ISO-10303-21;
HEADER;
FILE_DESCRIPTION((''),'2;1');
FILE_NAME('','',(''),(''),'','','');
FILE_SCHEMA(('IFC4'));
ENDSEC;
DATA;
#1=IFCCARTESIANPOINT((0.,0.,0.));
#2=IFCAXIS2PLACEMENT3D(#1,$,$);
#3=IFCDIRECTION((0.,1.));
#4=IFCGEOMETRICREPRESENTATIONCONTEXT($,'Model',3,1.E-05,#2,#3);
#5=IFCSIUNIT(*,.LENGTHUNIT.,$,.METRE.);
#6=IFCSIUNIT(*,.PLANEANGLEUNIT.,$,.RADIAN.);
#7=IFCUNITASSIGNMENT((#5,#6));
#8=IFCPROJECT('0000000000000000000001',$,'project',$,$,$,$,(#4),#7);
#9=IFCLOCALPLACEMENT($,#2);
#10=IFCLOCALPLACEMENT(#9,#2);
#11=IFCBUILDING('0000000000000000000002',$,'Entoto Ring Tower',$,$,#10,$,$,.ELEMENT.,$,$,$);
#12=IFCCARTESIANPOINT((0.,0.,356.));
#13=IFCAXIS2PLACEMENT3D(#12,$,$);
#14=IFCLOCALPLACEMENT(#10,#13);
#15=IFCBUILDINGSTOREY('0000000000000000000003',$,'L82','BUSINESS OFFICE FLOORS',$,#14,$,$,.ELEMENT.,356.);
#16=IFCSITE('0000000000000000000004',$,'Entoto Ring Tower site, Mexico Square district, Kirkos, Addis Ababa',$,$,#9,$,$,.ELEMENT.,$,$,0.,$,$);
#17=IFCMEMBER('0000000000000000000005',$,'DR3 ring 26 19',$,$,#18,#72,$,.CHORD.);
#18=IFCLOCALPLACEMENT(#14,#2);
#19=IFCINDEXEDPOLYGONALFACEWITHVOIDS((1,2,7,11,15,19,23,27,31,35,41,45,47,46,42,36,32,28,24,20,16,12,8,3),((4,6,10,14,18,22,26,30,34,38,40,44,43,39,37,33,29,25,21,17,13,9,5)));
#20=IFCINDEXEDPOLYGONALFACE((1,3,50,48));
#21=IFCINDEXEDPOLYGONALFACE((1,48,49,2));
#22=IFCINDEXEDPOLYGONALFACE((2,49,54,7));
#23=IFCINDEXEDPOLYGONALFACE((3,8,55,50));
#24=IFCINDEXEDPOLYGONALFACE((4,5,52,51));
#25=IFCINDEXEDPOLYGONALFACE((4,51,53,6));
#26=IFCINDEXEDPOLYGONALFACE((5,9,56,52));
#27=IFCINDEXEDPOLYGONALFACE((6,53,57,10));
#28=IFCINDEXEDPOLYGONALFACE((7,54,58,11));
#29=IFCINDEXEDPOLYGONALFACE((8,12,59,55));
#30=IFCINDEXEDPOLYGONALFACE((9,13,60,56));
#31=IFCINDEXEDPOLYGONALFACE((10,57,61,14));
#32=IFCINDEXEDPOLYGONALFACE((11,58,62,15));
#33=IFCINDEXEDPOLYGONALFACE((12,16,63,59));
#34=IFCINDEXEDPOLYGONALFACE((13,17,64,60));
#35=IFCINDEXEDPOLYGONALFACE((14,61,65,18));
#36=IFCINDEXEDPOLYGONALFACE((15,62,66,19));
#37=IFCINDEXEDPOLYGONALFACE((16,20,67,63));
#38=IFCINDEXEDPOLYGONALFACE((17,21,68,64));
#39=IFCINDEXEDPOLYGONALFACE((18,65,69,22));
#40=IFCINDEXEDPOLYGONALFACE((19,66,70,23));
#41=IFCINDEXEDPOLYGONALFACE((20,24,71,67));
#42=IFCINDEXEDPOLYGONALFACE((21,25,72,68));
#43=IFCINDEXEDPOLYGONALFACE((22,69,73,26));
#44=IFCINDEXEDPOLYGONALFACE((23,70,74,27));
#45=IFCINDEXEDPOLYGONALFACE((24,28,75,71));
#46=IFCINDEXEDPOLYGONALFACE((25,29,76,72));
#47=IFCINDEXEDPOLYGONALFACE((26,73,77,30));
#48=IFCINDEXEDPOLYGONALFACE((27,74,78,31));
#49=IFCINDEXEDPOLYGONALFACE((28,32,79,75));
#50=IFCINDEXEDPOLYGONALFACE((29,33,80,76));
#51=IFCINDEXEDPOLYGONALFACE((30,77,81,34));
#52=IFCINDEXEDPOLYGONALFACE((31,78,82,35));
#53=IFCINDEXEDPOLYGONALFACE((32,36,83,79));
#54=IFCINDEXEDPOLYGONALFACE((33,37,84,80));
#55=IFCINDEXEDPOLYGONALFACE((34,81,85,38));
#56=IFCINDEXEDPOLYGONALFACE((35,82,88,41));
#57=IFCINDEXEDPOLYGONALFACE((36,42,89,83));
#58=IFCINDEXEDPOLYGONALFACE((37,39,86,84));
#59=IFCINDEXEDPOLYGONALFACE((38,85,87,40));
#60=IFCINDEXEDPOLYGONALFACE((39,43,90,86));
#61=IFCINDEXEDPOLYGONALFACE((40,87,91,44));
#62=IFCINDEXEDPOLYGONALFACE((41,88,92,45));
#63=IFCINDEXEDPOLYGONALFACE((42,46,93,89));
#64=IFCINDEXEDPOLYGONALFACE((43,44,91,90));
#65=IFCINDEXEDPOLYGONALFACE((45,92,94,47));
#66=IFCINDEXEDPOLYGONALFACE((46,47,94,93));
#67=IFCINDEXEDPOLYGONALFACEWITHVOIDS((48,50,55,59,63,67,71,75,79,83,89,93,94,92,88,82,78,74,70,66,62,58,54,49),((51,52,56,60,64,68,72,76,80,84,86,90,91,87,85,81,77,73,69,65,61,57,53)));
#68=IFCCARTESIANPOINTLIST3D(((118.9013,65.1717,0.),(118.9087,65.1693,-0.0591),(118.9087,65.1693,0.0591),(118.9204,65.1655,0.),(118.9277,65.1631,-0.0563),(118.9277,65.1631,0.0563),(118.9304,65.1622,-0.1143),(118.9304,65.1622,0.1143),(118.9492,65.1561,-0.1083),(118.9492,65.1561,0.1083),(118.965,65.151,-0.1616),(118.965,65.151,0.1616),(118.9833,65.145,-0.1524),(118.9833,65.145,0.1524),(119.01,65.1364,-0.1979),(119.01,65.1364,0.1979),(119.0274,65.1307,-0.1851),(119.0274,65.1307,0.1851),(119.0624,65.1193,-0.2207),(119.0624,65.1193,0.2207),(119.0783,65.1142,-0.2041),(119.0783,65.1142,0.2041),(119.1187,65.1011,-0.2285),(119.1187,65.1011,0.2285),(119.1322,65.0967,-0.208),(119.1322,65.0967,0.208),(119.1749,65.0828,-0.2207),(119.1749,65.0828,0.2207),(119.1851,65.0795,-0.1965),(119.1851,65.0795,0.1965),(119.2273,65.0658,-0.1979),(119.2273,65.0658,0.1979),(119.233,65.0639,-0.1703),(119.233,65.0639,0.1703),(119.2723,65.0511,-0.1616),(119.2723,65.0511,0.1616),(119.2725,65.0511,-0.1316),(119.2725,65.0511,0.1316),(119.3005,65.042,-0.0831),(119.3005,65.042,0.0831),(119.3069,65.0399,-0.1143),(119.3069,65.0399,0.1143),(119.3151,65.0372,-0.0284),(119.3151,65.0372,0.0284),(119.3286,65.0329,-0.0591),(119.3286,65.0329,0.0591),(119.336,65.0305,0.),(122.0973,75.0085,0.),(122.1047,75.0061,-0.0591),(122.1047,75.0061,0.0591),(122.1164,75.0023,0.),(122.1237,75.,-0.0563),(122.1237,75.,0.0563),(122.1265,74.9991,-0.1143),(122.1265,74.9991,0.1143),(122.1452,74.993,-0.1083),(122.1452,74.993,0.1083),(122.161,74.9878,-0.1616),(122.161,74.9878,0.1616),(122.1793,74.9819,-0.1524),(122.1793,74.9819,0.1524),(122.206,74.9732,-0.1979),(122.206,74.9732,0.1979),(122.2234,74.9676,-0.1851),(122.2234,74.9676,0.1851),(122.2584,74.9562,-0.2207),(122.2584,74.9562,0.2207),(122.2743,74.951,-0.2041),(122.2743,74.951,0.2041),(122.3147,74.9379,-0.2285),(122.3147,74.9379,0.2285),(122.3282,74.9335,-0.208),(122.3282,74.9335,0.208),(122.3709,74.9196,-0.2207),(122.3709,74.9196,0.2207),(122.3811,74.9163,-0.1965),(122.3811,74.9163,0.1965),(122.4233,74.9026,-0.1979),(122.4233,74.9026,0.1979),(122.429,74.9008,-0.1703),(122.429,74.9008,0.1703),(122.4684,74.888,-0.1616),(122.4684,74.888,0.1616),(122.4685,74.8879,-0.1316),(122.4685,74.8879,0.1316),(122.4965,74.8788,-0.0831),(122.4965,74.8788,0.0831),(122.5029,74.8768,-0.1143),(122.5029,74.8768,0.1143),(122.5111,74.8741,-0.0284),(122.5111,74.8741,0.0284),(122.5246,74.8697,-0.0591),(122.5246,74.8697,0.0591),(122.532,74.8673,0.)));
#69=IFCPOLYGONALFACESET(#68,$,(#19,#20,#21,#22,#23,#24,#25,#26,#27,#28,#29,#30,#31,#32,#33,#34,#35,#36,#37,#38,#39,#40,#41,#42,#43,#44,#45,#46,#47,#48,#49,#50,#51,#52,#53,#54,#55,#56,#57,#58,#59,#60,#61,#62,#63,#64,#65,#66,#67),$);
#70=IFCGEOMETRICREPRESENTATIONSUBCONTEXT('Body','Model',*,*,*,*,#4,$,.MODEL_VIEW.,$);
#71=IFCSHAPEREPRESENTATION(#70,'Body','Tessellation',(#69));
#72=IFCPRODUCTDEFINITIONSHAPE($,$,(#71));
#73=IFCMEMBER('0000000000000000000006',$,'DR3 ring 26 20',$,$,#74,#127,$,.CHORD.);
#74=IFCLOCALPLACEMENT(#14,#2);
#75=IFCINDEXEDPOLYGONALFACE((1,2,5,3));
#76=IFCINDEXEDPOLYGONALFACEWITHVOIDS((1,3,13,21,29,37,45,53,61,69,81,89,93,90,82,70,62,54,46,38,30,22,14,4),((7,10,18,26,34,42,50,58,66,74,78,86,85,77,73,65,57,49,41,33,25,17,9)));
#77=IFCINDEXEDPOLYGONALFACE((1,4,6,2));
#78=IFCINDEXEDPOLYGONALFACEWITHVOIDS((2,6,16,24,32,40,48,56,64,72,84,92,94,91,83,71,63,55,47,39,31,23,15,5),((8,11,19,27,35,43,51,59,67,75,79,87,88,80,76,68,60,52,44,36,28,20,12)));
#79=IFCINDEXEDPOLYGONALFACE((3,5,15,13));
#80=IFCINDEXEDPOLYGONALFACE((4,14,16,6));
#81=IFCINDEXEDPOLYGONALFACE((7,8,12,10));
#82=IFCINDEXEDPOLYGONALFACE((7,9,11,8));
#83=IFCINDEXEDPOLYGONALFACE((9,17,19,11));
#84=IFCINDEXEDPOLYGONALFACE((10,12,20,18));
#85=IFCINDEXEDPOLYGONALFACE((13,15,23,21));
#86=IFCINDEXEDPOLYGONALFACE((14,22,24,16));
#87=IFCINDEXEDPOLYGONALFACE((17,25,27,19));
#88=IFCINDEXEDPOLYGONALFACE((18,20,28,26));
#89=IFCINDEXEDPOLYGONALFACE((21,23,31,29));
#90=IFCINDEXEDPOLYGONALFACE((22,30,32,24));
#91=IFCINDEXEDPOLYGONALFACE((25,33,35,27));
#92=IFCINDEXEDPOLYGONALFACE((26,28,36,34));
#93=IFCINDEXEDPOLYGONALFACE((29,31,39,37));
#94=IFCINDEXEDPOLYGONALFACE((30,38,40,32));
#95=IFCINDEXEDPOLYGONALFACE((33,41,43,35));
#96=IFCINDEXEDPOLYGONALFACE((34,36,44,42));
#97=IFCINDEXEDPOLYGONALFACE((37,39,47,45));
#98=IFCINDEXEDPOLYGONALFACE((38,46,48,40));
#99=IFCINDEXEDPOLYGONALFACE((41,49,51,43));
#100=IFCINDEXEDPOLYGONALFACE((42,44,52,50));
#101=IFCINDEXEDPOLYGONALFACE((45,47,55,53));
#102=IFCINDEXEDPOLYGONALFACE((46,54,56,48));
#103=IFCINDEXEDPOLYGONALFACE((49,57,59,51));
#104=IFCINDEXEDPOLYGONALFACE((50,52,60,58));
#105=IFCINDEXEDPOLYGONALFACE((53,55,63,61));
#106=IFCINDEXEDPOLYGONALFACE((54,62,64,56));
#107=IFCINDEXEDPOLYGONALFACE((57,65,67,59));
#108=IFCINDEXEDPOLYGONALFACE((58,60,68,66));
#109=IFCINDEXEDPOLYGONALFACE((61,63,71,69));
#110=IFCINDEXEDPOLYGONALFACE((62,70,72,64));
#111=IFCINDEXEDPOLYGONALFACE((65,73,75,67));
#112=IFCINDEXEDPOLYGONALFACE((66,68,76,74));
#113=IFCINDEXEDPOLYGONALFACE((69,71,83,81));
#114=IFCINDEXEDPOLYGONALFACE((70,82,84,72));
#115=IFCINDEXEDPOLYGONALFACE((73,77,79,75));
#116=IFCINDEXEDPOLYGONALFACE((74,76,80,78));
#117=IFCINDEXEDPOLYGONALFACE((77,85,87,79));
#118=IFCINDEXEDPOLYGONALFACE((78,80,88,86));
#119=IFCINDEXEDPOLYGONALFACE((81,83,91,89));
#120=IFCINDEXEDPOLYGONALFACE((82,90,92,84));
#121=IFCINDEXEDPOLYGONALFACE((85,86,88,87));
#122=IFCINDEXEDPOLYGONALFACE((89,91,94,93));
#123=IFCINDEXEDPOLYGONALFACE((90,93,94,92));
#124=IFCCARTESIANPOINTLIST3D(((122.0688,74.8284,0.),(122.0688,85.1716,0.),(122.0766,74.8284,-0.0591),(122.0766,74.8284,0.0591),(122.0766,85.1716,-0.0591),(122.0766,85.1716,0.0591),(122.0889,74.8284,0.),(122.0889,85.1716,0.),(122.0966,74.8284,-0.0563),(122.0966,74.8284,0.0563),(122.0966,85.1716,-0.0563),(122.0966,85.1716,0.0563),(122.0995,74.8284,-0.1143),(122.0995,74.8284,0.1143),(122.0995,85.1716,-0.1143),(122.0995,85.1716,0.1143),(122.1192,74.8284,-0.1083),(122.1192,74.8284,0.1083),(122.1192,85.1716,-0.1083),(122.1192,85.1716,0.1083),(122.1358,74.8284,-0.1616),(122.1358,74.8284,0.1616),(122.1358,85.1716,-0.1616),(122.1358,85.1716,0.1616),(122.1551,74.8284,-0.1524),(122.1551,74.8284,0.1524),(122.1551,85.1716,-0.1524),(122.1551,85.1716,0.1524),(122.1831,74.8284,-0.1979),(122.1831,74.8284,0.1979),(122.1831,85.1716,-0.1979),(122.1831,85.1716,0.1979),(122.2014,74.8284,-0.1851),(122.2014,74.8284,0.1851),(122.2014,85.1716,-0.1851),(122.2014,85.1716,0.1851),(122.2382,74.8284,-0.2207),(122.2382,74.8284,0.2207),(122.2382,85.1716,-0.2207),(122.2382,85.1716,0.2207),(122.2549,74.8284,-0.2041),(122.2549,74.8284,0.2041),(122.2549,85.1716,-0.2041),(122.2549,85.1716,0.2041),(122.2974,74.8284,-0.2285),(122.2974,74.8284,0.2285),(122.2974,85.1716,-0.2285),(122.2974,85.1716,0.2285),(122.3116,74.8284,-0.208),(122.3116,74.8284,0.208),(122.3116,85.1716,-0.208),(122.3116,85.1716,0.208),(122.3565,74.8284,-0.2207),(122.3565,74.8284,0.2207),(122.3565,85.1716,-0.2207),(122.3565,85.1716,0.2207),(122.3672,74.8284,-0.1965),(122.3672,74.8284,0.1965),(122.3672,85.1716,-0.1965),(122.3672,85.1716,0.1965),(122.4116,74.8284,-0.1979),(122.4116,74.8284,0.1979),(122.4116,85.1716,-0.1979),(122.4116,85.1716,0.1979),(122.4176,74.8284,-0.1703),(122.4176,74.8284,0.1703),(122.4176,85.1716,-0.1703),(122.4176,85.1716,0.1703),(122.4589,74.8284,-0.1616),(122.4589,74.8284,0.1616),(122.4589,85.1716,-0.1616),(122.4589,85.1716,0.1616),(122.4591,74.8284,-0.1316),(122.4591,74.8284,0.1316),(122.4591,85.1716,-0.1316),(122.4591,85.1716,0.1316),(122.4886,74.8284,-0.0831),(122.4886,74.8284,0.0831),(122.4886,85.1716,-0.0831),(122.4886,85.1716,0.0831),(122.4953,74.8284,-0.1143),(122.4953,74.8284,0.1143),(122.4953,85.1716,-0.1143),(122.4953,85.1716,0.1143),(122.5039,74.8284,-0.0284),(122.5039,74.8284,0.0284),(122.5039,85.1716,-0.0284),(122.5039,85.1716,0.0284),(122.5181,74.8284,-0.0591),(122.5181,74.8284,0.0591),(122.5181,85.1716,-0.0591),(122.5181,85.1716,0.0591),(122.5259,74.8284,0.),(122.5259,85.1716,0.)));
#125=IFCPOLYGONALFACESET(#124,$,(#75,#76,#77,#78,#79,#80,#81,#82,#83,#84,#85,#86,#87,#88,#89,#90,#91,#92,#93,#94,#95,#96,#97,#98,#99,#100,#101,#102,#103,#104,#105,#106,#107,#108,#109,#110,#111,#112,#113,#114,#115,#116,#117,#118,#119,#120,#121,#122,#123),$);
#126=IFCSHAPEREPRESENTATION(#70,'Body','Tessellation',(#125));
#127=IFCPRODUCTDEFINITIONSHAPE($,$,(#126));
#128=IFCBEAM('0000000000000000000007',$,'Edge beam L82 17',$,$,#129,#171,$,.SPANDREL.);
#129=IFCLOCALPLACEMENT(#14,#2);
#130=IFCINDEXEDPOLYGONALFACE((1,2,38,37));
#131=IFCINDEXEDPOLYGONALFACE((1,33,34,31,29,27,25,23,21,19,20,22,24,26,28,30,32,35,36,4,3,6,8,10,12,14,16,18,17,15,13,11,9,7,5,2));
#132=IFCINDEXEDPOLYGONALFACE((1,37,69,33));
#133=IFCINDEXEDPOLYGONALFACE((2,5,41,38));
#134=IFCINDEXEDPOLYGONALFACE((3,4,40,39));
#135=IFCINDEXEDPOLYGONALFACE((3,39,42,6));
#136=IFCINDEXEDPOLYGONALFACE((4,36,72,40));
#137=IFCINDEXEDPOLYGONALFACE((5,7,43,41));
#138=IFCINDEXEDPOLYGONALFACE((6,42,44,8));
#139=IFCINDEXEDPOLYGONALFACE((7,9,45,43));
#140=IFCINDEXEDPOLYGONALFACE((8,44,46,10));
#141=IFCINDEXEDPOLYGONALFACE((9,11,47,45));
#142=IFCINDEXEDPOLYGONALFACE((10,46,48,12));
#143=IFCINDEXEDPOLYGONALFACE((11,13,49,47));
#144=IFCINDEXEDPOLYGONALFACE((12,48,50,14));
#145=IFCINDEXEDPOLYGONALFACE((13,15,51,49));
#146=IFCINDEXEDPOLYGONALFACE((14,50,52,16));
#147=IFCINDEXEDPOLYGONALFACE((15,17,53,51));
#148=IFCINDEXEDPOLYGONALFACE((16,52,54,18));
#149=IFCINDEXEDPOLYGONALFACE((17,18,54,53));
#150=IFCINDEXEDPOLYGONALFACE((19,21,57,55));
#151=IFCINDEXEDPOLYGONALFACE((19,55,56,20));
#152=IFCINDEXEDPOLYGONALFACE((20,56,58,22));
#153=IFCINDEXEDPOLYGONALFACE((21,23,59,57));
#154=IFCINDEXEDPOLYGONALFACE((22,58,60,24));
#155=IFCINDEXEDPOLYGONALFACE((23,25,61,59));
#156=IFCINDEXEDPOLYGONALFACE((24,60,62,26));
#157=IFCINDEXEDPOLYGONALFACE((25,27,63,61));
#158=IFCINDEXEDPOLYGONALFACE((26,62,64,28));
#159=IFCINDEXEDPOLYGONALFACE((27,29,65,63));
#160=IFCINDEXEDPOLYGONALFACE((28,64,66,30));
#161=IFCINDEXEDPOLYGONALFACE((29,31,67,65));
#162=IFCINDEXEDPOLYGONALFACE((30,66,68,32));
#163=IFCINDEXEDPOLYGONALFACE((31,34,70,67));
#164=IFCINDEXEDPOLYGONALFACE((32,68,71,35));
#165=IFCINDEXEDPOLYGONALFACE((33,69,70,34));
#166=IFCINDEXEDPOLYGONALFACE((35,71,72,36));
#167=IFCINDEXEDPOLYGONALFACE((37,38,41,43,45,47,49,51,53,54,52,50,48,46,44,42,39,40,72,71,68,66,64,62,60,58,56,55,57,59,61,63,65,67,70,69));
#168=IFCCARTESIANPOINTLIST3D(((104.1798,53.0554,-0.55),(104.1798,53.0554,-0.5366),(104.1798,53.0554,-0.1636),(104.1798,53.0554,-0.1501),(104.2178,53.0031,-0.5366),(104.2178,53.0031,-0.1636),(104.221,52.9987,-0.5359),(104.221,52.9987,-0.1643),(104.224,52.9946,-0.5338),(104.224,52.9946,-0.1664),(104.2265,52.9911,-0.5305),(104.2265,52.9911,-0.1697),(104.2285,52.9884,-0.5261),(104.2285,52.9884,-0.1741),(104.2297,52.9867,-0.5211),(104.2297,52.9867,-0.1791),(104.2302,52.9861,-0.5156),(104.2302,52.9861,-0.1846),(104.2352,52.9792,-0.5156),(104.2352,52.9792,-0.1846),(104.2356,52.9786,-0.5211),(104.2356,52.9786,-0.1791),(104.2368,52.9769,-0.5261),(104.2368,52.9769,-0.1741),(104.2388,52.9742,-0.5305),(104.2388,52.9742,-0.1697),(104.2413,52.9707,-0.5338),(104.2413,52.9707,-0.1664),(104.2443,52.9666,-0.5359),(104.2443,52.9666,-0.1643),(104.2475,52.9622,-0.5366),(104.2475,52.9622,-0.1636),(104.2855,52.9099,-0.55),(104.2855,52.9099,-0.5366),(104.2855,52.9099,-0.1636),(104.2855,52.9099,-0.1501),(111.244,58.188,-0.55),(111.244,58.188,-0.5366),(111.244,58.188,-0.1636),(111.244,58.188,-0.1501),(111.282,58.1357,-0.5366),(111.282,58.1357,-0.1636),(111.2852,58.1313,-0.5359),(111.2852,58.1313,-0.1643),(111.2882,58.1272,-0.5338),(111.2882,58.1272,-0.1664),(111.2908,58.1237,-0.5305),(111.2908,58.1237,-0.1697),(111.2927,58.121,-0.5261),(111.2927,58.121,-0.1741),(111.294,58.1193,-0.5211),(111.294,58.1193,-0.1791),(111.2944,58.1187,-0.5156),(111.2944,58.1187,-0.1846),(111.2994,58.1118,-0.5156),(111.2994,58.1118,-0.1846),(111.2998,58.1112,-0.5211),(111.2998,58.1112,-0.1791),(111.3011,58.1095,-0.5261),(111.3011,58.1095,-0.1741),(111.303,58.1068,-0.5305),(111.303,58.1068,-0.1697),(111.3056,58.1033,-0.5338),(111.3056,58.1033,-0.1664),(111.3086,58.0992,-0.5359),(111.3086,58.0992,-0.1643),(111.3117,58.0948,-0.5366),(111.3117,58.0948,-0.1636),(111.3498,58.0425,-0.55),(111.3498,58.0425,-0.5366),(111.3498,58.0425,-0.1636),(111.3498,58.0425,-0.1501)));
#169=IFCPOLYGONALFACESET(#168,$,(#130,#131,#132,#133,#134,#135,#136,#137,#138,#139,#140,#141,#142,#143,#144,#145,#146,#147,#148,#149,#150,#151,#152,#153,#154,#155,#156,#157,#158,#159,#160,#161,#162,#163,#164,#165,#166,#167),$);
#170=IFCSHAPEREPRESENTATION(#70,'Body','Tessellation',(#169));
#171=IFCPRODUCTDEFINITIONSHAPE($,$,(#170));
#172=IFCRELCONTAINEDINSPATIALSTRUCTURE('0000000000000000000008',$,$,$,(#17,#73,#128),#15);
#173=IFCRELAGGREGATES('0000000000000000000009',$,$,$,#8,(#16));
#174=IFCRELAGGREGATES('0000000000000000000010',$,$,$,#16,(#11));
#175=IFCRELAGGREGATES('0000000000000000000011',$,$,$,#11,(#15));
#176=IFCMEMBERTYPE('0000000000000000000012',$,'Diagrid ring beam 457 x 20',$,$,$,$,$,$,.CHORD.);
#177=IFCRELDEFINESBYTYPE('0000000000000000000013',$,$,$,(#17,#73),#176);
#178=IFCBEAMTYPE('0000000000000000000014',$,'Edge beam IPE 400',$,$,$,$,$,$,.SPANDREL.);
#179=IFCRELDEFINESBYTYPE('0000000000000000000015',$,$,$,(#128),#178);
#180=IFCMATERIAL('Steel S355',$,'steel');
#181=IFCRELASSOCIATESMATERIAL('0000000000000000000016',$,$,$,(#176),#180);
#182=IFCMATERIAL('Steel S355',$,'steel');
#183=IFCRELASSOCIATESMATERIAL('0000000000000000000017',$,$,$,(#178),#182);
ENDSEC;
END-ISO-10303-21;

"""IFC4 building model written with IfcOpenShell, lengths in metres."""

from ifc_helpers import new_model, si_unit, direction, frame, origin, origin_2d, place, context, subcontext, project, spatial, circle, hollow_circle, i_section, extrude, material, material_profile, profile_set, type_object, element, save


model = new_model("IFC4")

# Units and contexts
model_context = context("Model", 3, precision=1e-05, world=origin(), true_north=direction((0.0, 1.0)))
body_context = subcontext(model_context, "Body", "Model", "MODEL_VIEW")
ifc_project = project(units=[si_unit("LENGTHUNIT", "METRE"), si_unit("PLANEANGLEUNIT", "RADIAN")], contexts=[model_context])

# Site, building, storey
site_placement = place(None, origin())
site = spatial("IfcSite", under=ifc_project, at=site_placement, Name="Entoto Ring Tower site, Mexico Square district, Kirkos, Addis Ababa", CompositionType="ELEMENT", RefElevation=0.0)
building_placement = place(site_placement, origin())
building = spatial("IfcBuilding", under=site, at=building_placement, Name="Entoto Ring Tower", CompositionType="ELEMENT")
storey_placement = place(building_placement, frame((0.0, 0.0, 356.0)))
storey = spatial("IfcBuildingStorey", under=building, at=storey_placement, Name="L82", Description="BUSINESS OFFICE FLOORS", CompositionType="ELEMENT", Elevation=356.0)

# Members
ifc_material_1 = material(Name="Steel S355", Category="steel")
ifc_material_profile_1 = material_profile(ifc_material_1, hollow_circle(Radius=0.2285, WallThickness=0.02, at=origin_2d()), Name="CHS 457 x 20")
ifc_material_2 = material(Name="Concrete C60/75", Category="concrete")
ifc_material_profile_2 = material_profile(ifc_material_2, circle(Radius=0.2085, at=origin_2d()), Name="Concrete C60/75 infill")
ifc_profile_set_1 = profile_set([ifc_material_profile_1, ifc_material_profile_2], Name="Steel S355")
member_type_1 = type_object("IfcMemberType", Name="Diagrid ring beam 457 x 20", PredefinedType="CHORD", material=ifc_profile_set_1)
member_1_placement = place(storey_placement, frame((119.1187, 65.1011, 0.0), z_axis=(0.309003, 0.951061, 0.0), x_axis=(-0.951061, 0.309003, 0.0)))
element("IfcMember", 1, at=member_1_placement, inside=storey, type_object=member_type_1, Name="DR3 ring 26 19", PredefinedType="CHORD", context=body_context, shape_type="SweptSolid", body=[
    extrude(hollow_circle(Radius=0.2285, WallThickness=0.02, at=origin_2d()), origin(), (0.0, 0.0, 1.0), 10.343),
])
member_2_placement = place(storey_placement, frame((122.2974, 74.8284, 0.0), z_axis=(0.0, 1.0, 0.0), x_axis=(-1.0, 0.0, 0.0)))
element("IfcMember", 2, at=member_2_placement, inside=storey, type_object=member_type_1, Name="DR3 ring 26 20", PredefinedType="CHORD", context=body_context, shape_type="SweptSolid", body=[
    extrude(hollow_circle(Radius=0.2285, WallThickness=0.02, at=origin_2d()), origin(), (0.0, 0.0, 1.0), 10.3433),
])

# Beam
ifc_material_3 = material(Name="Steel S355", Category="steel")
ifc_material_profile_3 = material_profile(ifc_material_3, i_section(OverallWidth=0.1799, OverallDepth=0.3999, WebThickness=0.0085, FlangeThickness=0.0134, FilletRadius=0.021, at=origin_2d()), Name="IPE 400")
ifc_profile_set_2 = profile_set([ifc_material_profile_3], Name="Steel S355")
beam_type_1 = type_object("IfcBeamType", Name="Edge beam IPE 400", PredefinedType="SPANDREL", material=ifc_profile_set_2)
for number, where, z_axis, x_axis, name in (
    (3, (104.2327, 52.9827, -0.3501), (0.80901, 0.587794, 0.0), (-0.587794, 0.80901, 0.0), "Edge beam L82 17"),
):
    element("IfcBeam", number, at=place(storey_placement, frame(where, z_axis=z_axis, x_axis=x_axis)), inside=storey, type_object=beam_type_1, Name=name, PredefinedType="SPANDREL", context=body_context, shape_type="SweptSolid", body=[
        extrude(i_section(OverallWidth=0.1799, OverallDepth=0.3999, WebThickness=0.0085, FlangeThickness=0.0134, FilletRadius=0.021, at=origin_2d()), origin(), (0.0, 0.0, 1.0), 8.7319),
    ])

save(model, "model.ifc")
